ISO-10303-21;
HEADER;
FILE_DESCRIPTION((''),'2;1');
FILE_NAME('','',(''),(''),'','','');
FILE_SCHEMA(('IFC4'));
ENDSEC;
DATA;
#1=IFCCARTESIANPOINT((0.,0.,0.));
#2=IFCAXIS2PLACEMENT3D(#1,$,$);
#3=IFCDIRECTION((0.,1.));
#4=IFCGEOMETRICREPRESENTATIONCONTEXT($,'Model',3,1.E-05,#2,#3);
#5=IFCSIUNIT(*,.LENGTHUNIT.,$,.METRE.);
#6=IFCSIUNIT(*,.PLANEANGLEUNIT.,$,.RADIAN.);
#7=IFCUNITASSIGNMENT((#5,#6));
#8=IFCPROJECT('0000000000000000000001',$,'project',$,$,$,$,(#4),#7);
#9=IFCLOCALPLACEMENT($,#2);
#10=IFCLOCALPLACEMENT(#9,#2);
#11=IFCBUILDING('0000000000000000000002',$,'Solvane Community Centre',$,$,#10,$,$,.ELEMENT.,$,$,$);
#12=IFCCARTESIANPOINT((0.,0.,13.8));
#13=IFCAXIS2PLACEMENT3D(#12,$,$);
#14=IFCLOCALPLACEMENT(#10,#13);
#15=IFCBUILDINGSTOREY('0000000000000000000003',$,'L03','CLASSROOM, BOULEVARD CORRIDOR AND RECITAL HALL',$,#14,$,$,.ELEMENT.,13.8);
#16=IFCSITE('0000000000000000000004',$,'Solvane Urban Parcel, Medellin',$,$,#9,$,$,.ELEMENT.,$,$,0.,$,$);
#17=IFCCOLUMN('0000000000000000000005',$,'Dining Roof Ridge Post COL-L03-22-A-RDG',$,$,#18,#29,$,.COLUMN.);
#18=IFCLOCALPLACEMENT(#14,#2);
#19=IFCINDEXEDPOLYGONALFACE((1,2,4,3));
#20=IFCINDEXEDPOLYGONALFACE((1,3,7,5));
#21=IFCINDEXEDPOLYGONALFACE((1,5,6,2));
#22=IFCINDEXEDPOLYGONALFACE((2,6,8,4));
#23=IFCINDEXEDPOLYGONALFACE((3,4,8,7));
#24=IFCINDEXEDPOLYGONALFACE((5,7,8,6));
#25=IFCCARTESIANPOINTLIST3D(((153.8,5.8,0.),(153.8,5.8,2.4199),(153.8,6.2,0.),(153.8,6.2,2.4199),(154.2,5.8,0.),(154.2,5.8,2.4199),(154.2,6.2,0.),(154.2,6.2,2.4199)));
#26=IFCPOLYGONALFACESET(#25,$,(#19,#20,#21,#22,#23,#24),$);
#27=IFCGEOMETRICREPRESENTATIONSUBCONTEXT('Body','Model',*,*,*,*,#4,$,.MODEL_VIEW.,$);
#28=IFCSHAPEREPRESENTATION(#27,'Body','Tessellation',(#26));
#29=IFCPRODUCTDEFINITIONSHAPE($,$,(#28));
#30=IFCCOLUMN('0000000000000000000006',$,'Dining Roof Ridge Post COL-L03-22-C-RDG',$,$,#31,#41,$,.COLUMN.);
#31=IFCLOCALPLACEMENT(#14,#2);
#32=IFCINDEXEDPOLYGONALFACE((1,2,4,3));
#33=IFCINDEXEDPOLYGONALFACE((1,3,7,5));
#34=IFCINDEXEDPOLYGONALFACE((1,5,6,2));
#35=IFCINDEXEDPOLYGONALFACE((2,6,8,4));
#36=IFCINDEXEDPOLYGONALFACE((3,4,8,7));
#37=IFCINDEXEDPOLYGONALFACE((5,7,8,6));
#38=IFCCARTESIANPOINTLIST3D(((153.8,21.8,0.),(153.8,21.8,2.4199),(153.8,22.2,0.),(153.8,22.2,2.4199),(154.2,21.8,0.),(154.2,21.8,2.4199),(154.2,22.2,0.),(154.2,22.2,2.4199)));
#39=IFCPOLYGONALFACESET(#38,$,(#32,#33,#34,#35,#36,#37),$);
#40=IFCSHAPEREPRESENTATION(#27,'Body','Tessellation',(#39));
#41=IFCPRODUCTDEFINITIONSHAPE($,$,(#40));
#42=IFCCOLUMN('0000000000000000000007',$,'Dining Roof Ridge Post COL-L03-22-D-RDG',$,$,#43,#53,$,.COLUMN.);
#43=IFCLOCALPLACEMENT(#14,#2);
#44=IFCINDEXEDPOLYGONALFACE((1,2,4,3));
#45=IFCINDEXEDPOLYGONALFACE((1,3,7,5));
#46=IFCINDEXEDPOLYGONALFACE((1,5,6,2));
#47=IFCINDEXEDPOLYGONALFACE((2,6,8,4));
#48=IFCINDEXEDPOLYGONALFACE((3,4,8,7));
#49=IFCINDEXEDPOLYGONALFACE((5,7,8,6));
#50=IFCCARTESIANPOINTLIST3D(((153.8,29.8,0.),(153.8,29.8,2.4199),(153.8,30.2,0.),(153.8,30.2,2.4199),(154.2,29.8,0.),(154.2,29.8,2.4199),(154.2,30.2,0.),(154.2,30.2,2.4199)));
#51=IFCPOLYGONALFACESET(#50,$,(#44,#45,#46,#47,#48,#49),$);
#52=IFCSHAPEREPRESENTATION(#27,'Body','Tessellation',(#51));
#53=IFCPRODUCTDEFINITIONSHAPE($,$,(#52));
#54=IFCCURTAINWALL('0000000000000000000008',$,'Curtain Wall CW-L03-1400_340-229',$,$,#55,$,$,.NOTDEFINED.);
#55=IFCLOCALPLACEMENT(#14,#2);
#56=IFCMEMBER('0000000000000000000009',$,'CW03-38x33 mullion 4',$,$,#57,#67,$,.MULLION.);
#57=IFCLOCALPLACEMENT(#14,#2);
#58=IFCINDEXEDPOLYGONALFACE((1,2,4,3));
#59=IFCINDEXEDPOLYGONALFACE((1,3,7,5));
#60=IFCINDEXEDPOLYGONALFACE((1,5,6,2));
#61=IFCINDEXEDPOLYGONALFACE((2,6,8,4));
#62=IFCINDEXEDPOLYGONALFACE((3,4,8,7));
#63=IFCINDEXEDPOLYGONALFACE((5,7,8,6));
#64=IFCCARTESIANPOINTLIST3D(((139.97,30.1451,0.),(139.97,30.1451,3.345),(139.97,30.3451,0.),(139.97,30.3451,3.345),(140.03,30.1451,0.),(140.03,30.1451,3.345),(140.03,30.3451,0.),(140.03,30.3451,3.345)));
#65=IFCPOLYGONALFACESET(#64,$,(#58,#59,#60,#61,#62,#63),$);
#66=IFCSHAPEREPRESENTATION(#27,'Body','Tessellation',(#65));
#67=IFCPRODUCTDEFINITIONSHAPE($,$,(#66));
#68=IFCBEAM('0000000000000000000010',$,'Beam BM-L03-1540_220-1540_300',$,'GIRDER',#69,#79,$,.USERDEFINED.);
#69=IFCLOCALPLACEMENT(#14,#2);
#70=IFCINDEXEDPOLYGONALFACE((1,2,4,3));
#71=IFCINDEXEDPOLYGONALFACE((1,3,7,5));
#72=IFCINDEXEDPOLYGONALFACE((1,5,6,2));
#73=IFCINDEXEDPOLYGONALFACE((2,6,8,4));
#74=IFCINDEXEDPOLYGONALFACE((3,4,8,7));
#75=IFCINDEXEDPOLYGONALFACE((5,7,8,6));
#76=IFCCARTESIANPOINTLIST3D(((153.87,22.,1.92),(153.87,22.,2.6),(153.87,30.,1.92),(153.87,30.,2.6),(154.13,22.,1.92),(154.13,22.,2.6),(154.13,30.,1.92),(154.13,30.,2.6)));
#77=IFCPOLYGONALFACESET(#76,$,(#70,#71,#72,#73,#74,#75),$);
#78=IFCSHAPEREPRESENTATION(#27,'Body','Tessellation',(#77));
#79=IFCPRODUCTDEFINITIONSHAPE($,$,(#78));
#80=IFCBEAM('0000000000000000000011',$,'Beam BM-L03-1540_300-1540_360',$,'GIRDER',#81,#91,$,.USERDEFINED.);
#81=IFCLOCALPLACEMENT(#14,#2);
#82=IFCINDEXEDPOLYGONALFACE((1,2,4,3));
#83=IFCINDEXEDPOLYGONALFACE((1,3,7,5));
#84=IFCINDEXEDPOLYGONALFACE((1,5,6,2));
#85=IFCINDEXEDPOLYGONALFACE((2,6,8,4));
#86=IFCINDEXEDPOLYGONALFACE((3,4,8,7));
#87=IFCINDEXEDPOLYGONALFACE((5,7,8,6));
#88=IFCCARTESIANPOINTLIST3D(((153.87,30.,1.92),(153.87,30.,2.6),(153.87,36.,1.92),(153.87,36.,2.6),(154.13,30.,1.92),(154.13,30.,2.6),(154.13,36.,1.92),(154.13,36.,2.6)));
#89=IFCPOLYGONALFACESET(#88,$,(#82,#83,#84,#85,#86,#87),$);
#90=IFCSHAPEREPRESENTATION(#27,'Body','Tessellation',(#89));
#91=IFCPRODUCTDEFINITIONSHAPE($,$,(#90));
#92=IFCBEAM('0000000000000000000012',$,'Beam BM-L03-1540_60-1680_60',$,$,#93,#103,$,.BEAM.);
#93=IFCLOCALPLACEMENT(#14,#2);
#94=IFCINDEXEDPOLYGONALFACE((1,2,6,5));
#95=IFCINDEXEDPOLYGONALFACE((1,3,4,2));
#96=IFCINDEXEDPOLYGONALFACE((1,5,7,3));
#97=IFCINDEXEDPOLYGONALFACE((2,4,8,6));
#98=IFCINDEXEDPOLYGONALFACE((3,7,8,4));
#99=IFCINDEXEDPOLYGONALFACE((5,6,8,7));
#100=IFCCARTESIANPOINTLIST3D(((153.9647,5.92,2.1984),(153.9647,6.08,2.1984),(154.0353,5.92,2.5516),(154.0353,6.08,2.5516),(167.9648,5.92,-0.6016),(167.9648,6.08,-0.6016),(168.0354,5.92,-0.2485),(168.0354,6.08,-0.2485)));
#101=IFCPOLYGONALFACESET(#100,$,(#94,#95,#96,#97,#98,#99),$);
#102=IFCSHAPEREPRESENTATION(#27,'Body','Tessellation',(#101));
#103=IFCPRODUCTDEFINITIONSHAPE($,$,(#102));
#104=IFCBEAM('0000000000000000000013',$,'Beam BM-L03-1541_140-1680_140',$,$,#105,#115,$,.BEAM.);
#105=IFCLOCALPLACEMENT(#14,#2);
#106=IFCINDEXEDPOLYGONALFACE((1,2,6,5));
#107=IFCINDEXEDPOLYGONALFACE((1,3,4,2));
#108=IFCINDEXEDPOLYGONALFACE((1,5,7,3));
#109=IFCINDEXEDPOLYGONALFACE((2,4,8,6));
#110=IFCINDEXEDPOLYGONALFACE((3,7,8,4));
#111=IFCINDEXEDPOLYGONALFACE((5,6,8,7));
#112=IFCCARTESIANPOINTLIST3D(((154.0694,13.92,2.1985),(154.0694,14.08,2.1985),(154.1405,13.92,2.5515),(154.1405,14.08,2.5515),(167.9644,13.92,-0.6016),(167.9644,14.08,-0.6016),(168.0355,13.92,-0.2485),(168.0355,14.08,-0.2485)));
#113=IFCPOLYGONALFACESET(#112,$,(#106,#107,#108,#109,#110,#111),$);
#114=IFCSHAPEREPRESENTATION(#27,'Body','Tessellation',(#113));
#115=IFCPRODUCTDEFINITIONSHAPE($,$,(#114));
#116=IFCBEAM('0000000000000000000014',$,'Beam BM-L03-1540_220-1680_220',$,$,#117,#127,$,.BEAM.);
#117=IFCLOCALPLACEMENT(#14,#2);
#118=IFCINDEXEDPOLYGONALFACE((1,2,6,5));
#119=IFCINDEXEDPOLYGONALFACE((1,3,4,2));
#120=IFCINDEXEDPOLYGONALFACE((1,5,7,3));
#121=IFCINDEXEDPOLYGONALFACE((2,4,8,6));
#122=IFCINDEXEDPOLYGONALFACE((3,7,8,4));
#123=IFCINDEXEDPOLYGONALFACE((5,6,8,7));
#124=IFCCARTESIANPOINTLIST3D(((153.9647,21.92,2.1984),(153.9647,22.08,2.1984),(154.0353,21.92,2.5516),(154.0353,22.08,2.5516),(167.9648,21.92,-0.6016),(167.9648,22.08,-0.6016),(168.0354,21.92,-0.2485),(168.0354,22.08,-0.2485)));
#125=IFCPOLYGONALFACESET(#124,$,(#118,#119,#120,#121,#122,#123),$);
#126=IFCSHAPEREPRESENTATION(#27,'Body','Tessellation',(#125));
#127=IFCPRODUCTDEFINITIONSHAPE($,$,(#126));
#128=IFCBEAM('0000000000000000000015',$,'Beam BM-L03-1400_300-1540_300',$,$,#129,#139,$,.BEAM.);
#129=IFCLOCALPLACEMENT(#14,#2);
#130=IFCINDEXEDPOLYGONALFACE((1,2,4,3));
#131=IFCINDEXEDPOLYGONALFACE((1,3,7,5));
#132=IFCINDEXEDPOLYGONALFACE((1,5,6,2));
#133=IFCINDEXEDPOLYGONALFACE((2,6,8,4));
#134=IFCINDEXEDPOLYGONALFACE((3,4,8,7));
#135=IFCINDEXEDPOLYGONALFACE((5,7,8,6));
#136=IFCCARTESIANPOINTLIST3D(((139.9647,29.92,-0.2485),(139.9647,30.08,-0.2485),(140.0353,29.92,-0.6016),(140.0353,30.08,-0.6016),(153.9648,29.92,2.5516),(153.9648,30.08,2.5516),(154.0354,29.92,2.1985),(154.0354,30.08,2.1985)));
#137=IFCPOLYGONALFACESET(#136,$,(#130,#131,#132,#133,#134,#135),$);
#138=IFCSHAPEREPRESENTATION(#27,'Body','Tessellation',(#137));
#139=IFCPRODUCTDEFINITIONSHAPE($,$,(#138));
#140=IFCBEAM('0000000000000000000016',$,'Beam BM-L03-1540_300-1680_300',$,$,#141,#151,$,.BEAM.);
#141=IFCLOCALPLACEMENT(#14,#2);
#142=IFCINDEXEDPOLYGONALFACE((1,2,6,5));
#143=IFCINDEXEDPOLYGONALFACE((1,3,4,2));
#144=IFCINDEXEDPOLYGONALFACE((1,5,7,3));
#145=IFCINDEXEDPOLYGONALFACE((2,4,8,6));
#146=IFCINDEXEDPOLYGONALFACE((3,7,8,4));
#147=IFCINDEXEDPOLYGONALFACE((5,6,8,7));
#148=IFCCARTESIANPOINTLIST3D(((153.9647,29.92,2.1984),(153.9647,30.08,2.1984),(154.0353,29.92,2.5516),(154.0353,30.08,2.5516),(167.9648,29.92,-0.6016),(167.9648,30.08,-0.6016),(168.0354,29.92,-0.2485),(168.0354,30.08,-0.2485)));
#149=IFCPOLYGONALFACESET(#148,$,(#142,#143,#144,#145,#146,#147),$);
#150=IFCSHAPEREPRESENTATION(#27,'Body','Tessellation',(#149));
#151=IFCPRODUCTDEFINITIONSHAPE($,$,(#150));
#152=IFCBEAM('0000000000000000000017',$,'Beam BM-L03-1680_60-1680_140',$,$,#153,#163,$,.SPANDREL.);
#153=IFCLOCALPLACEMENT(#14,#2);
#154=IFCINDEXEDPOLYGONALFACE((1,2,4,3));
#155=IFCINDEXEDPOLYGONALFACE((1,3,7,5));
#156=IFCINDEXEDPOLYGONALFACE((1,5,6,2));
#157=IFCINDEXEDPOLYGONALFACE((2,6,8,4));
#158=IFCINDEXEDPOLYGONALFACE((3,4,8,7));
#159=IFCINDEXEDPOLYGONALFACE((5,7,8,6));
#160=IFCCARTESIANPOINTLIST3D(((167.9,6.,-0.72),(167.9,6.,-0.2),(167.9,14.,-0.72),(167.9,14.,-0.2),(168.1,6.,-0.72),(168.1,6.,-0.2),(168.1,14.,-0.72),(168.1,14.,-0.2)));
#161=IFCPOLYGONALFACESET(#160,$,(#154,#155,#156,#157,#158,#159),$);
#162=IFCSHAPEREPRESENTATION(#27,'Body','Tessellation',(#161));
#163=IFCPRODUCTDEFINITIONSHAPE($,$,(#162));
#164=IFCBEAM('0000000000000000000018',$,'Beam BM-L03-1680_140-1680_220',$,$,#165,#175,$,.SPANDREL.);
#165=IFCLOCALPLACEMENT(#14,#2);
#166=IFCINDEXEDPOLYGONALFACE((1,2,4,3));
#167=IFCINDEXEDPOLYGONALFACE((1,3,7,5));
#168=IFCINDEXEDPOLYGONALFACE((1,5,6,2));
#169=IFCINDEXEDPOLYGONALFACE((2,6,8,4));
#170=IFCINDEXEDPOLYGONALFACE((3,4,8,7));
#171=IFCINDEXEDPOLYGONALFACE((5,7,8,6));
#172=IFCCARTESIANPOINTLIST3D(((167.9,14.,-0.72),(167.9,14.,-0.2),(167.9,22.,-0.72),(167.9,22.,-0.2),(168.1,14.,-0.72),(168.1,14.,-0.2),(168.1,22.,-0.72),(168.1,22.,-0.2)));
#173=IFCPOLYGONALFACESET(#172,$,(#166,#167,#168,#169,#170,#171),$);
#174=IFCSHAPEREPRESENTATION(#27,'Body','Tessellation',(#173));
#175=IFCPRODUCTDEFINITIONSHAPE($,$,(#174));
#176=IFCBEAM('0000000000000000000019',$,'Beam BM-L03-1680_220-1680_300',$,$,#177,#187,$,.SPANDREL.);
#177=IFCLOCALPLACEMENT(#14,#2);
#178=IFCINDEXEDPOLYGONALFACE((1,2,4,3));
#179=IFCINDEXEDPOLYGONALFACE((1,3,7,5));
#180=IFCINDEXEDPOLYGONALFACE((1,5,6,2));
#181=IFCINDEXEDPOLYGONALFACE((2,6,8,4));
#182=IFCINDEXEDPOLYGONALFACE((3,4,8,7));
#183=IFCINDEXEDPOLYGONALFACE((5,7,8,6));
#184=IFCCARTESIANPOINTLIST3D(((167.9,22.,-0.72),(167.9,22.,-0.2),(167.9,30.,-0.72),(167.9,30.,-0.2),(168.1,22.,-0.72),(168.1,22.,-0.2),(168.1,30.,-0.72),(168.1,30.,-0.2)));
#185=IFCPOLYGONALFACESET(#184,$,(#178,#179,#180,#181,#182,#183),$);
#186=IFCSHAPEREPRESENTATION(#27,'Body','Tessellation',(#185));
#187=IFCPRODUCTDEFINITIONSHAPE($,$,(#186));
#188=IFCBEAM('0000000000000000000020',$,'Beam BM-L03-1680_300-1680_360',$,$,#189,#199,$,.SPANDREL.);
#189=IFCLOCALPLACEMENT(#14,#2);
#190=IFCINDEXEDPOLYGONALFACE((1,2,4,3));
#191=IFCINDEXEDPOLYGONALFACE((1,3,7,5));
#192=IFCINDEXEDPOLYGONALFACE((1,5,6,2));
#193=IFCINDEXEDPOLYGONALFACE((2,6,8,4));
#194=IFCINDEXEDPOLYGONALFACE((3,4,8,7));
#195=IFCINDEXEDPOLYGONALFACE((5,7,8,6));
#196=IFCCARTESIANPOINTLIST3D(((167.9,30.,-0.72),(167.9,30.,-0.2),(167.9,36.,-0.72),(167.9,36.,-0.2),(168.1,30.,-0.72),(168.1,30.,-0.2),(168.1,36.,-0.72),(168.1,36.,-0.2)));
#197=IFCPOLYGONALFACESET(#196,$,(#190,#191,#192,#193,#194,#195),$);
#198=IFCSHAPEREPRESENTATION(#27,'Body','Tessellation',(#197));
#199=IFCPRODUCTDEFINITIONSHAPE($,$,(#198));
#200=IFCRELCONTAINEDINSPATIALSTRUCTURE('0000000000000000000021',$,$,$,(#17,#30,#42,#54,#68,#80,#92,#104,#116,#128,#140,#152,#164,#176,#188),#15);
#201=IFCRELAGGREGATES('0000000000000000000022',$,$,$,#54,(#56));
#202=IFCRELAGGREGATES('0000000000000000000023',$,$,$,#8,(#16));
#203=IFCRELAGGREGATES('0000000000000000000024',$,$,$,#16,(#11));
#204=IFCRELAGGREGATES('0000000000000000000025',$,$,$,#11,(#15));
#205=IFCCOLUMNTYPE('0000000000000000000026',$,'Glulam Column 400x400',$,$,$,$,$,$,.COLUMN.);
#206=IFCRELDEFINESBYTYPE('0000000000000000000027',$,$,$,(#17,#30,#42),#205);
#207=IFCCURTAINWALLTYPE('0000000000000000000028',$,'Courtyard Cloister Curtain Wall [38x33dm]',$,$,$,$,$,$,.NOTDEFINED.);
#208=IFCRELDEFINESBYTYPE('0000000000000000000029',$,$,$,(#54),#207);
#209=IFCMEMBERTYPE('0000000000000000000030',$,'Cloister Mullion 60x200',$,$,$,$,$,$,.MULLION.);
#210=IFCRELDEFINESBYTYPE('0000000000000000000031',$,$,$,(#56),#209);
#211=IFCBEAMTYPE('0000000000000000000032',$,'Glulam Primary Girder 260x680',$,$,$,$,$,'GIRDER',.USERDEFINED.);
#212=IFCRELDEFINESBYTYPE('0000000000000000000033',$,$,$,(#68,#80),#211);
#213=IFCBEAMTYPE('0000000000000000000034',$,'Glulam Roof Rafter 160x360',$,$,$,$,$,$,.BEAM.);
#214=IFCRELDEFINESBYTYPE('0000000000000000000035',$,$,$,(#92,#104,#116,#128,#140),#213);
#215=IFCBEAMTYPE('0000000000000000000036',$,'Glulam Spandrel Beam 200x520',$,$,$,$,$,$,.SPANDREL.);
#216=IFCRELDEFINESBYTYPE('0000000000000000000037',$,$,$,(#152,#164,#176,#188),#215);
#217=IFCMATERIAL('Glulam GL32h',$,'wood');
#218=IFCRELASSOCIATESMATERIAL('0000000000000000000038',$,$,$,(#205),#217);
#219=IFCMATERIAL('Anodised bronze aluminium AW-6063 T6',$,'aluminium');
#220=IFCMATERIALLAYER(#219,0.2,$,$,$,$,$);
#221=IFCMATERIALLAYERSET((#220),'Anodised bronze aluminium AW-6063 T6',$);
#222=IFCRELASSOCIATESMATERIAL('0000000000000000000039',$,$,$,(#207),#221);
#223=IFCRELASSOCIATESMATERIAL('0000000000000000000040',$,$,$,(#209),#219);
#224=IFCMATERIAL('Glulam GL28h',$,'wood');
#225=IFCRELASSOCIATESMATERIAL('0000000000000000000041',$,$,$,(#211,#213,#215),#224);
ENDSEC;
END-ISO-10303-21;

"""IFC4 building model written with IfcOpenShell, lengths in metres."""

from ifc_helpers import new_model, si_unit, direction, frame, origin, origin_2d, place, context, subcontext, project, spatial, rectangle, extrude, material, layer, layer_set, material_profile, profile_set, type_object, element, aggregate, save


model = new_model("IFC4")

# Units and contexts
model_context = context("Model", 3, precision=1e-05, world=origin(), true_north=direction((0.0, 1.0)))
body_context = subcontext(model_context, "Body", "Model", "MODEL_VIEW")
ifc_project = project(units=[si_unit("LENGTHUNIT", "METRE"), si_unit("PLANEANGLEUNIT", "RADIAN")], contexts=[model_context])

# Site, building, storey
site_placement = place(None, origin())
site = spatial("IfcSite", under=ifc_project, at=site_placement, Name="Solvane Urban Parcel, Medellin", CompositionType="ELEMENT", RefElevation=0.0)
building_placement = place(site_placement, origin())
building = spatial("IfcBuilding", under=site, at=building_placement, Name="Solvane Community Centre", CompositionType="ELEMENT")
storey_placement = place(building_placement, frame((0.0, 0.0, 13.8)))
storey = spatial("IfcBuildingStorey", under=building, at=storey_placement, Name="L03", Description="CLASSROOM, BOULEVARD CORRIDOR AND RECITAL HALL", CompositionType="ELEMENT", Elevation=13.8)

# Columns
ifc_material_1 = material(Name="Glulam GL32h", Category="wood")
ifc_material_profile_1 = material_profile(ifc_material_1, rectangle(XDim=0.3999, YDim=0.3999, at=origin_2d()), Name="GL32h 400x400")
ifc_profile_set_1 = profile_set([ifc_material_profile_1], Name="Glulam GL32h")
column_type = type_object("IfcColumnType", Name="Glulam Column 400x400", PredefinedType="COLUMN", material=ifc_profile_set_1)
for number, where, z_axis, x_axis, name in (
    (1, (154.0, 6.0, 0.0), (0.0, 0.0, 1.0), (1.0, 0.0, 0.0), "Dining Roof Ridge Post COL-L03-22-A-RDG"),
    (2, (154.0, 22.0, 0.0), (0.0, 0.0, 1.0), (1.0, 0.0, 0.0), "Dining Roof Ridge Post COL-L03-22-C-RDG"),
    (3, (154.0, 30.0, 0.0), (0.0, 0.0, 1.0), (1.0, 0.0, 0.0), "Dining Roof Ridge Post COL-L03-22-D-RDG"),
):
    element("IfcColumn", number, at=place(storey_placement, frame(where, z_axis=z_axis, x_axis=x_axis)), inside=storey, type_object=column_type, Name=name, PredefinedType="COLUMN", context=body_context, shape_type="SweptSolid", body=[
        extrude(rectangle(XDim=0.3999, YDim=0.3999, at=origin_2d()), origin(), (0.0, 0.0, 1.0), 2.4199),
    ])

# Curtain wall, member
ifc_material_2 = material(Name="Anodised bronze aluminium AW-6063 T6", Category="aluminium")
ifc_layer_1 = layer(ifc_material_2, 0.2)
ifc_layer_set_1 = layer_set([ifc_layer_1], Name="Anodised bronze aluminium AW-6063 T6")
curtain_wall_type = type_object("IfcCurtainWallType", Name="Courtyard Cloister Curtain Wall [38x33dm]", PredefinedType="NOTDEFINED", material=ifc_layer_set_1)
curtain_wall_placement = place(storey_placement, origin())
curtain_wall = element("IfcCurtainWall", 4, at=curtain_wall_placement, inside=storey, type_object=curtain_wall_type, Name="Curtain Wall CW-L03-1400_340-229", PredefinedType="NOTDEFINED")
ifc_material_profile_2 = material_profile(ifc_material_2, rectangle(XDim=0.0601, YDim=0.2, at=origin_2d()), Name="CW-M 60x200")
ifc_profile_set_2 = profile_set([ifc_material_profile_2], Name="Anodised bronze aluminium AW-6063 T6")
member_type_1 = type_object("IfcMemberType", Name="Cloister Mullion 60x200", PredefinedType="MULLION", material=ifc_profile_set_2)
member_1_placement = place(storey_placement, frame((140.0, 30.2451, 0.0), z_axis=(0.0, 0.0, 1.0), x_axis=(1.0, 0.0, 0.0)))
member_1 = element("IfcMember", 5, at=member_1_placement, type_object=member_type_1, Name="CW03-38x33 mullion 4", PredefinedType="MULLION", context=body_context, shape_type="SweptSolid", body=[
    extrude(rectangle(XDim=0.0601, YDim=0.2, at=origin_2d()), origin(), (0.0, 0.0, 1.0), 3.345),
])
aggregate(curtain_wall, [member_1])

# Beams
ifc_material_3 = material(Name="Glulam GL28h", Category="wood")
ifc_material_profile_3 = material_profile(ifc_material_3, rectangle(XDim=0.26, YDim=0.6799, at=origin_2d()), Name="GL28h 260x680")
ifc_profile_set_3 = profile_set([ifc_material_profile_3], Name="Glulam GL28h")
beam_type_1 = type_object("IfcBeamType", Name="Glulam Primary Girder 260x680", ElementType="GIRDER", PredefinedType="USERDEFINED", material=ifc_profile_set_3)
beam_1_placement = place(storey_placement, frame((154.0, 22.0, 2.26), z_axis=(0.0, 1.0, 0.0), x_axis=(-1.0, 0.0, 0.0)))
element("IfcBeam", 6, at=beam_1_placement, inside=storey, type_object=beam_type_1, Name="Beam BM-L03-1540_220-1540_300", ObjectType="GIRDER", PredefinedType="USERDEFINED", context=body_context, shape_type="SweptSolid", body=[
    extrude(rectangle(XDim=0.26, YDim=0.6799, at=origin_2d()), origin(), (0.0, 0.0, 1.0), 8.0),
])
beam_2_placement = place(storey_placement, frame((154.0, 30.0, 2.26), z_axis=(0.0, 1.0, 0.0), x_axis=(-1.0, 0.0, 0.0)))
element("IfcBeam", 7, at=beam_2_placement, inside=storey, type_object=beam_type_1, Name="Beam BM-L03-1540_300-1540_360", ObjectType="GIRDER", PredefinedType="USERDEFINED", context=body_context, shape_type="SweptSolid", body=[
    extrude(rectangle(XDim=0.26, YDim=0.6799, at=origin_2d()), origin(), (0.0, 0.0, 1.0), 6.0),
])
ifc_material_profile_4 = material_profile(ifc_material_3, rectangle(XDim=0.1599, YDim=0.3601, at=origin_2d()), Name="GL28h 160x360")
ifc_profile_set_4 = profile_set([ifc_material_profile_4], Name="Glulam GL28h")
beam_type_2 = type_object("IfcBeamType", Name="Glulam Roof Rafter 160x360", PredefinedType="BEAM", material=ifc_profile_set_4)
beam_3_placement = place(storey_placement, frame((154.0, 6.0, 2.375), z_axis=(0.98058, 0.0, -0.196119), x_axis=(0.0, 1.0, 0.0)))
element("IfcBeam", 8, at=beam_3_placement, inside=storey, type_object=beam_type_2, Name="Beam BM-L03-1540_60-1680_60", PredefinedType="BEAM", context=body_context, shape_type="SweptSolid", body=[
    extrude(rectangle(XDim=0.1599, YDim=0.3601, at=origin_2d()), origin(), (0.0, 0.0, 1.0), 14.2773),
])
beam_4_placement = place(storey_placement, frame((154.105, 14.0, 2.375), z_axis=(0.980294, 0.0, -0.197544), x_axis=(0.0, 1.0, 0.0)))
element("IfcBeam", 9, at=beam_4_placement, inside=storey, type_object=beam_type_2, Name="Beam BM-L03-1541_140-1680_140", PredefinedType="BEAM", context=body_context, shape_type="SweptSolid", body=[
    extrude(rectangle(XDim=0.1599, YDim=0.3601, at=origin_2d()), origin(), (0.0, 0.0, 1.0), 14.1743),
])
for number, where, z_axis, x_axis, name in (
    (10, (154.0, 22.0, 2.375), (0.98058, 0.0, -0.196119), (0.0, 1.0, 0.0), "Beam BM-L03-1540_220-1680_220"),
    (11, (140.0, 30.0, -0.425), (0.98058, 0.0, 0.196119), (0.0, 1.0, 0.0), "Beam BM-L03-1400_300-1540_300"),
    (12, (154.0, 30.0, 2.375), (0.98058, 0.0, -0.196119), (0.0, 1.0, 0.0), "Beam BM-L03-1540_300-1680_300"),
):
    element("IfcBeam", number, at=place(storey_placement, frame(where, z_axis=z_axis, x_axis=x_axis)), inside=storey, type_object=beam_type_2, Name=name, PredefinedType="BEAM", context=body_context, shape_type="SweptSolid", body=[
        extrude(rectangle(XDim=0.1599, YDim=0.3601, at=origin_2d()), origin(), (0.0, 0.0, 1.0), 14.2773),
    ])
ifc_material_profile_5 = material_profile(ifc_material_3, rectangle(XDim=0.2, YDim=0.52, at=origin_2d()), Name="GL28h 200x520")
ifc_profile_set_5 = profile_set([ifc_material_profile_5], Name="Glulam GL28h")
beam_type_3 = type_object("IfcBeamType", Name="Glulam Spandrel Beam 200x520", PredefinedType="SPANDREL", material=ifc_profile_set_5)
for number, where, z_axis, x_axis, name in (
    (13, (168.0, 6.0, -0.46), (0.0, 1.0, 0.0), (-1.0, 0.0, 0.0), "Beam BM-L03-1680_60-1680_140"),
    (14, (168.0, 14.0, -0.46), (0.0, 1.0, 0.0), (-1.0, 0.0, 0.0), "Beam BM-L03-1680_140-1680_220"),
    (15, (168.0, 22.0, -0.46), (0.0, 1.0, 0.0), (-1.0, 0.0, 0.0), "Beam BM-L03-1680_220-1680_300"),
):
    element("IfcBeam", number, at=place(storey_placement, frame(where, z_axis=z_axis, x_axis=x_axis)), inside=storey, type_object=beam_type_3, Name=name, PredefinedType="SPANDREL", context=body_context, shape_type="SweptSolid", body=[
        extrude(rectangle(XDim=0.2, YDim=0.52, at=origin_2d()), origin(), (0.0, 0.0, 1.0), 8.0),
    ])
beam_5_placement = place(storey_placement, frame((168.0, 30.0, -0.46), z_axis=(0.0, 1.0, 0.0), x_axis=(-1.0, 0.0, 0.0)))
element("IfcBeam", 16, at=beam_5_placement, inside=storey, type_object=beam_type_3, Name="Beam BM-L03-1680_300-1680_360", PredefinedType="SPANDREL", context=body_context, shape_type="SweptSolid", body=[
    extrude(rectangle(XDim=0.2, YDim=0.52, at=origin_2d()), origin(), (0.0, 0.0, 1.0), 6.0),
])

save(model, "model.ifc")
